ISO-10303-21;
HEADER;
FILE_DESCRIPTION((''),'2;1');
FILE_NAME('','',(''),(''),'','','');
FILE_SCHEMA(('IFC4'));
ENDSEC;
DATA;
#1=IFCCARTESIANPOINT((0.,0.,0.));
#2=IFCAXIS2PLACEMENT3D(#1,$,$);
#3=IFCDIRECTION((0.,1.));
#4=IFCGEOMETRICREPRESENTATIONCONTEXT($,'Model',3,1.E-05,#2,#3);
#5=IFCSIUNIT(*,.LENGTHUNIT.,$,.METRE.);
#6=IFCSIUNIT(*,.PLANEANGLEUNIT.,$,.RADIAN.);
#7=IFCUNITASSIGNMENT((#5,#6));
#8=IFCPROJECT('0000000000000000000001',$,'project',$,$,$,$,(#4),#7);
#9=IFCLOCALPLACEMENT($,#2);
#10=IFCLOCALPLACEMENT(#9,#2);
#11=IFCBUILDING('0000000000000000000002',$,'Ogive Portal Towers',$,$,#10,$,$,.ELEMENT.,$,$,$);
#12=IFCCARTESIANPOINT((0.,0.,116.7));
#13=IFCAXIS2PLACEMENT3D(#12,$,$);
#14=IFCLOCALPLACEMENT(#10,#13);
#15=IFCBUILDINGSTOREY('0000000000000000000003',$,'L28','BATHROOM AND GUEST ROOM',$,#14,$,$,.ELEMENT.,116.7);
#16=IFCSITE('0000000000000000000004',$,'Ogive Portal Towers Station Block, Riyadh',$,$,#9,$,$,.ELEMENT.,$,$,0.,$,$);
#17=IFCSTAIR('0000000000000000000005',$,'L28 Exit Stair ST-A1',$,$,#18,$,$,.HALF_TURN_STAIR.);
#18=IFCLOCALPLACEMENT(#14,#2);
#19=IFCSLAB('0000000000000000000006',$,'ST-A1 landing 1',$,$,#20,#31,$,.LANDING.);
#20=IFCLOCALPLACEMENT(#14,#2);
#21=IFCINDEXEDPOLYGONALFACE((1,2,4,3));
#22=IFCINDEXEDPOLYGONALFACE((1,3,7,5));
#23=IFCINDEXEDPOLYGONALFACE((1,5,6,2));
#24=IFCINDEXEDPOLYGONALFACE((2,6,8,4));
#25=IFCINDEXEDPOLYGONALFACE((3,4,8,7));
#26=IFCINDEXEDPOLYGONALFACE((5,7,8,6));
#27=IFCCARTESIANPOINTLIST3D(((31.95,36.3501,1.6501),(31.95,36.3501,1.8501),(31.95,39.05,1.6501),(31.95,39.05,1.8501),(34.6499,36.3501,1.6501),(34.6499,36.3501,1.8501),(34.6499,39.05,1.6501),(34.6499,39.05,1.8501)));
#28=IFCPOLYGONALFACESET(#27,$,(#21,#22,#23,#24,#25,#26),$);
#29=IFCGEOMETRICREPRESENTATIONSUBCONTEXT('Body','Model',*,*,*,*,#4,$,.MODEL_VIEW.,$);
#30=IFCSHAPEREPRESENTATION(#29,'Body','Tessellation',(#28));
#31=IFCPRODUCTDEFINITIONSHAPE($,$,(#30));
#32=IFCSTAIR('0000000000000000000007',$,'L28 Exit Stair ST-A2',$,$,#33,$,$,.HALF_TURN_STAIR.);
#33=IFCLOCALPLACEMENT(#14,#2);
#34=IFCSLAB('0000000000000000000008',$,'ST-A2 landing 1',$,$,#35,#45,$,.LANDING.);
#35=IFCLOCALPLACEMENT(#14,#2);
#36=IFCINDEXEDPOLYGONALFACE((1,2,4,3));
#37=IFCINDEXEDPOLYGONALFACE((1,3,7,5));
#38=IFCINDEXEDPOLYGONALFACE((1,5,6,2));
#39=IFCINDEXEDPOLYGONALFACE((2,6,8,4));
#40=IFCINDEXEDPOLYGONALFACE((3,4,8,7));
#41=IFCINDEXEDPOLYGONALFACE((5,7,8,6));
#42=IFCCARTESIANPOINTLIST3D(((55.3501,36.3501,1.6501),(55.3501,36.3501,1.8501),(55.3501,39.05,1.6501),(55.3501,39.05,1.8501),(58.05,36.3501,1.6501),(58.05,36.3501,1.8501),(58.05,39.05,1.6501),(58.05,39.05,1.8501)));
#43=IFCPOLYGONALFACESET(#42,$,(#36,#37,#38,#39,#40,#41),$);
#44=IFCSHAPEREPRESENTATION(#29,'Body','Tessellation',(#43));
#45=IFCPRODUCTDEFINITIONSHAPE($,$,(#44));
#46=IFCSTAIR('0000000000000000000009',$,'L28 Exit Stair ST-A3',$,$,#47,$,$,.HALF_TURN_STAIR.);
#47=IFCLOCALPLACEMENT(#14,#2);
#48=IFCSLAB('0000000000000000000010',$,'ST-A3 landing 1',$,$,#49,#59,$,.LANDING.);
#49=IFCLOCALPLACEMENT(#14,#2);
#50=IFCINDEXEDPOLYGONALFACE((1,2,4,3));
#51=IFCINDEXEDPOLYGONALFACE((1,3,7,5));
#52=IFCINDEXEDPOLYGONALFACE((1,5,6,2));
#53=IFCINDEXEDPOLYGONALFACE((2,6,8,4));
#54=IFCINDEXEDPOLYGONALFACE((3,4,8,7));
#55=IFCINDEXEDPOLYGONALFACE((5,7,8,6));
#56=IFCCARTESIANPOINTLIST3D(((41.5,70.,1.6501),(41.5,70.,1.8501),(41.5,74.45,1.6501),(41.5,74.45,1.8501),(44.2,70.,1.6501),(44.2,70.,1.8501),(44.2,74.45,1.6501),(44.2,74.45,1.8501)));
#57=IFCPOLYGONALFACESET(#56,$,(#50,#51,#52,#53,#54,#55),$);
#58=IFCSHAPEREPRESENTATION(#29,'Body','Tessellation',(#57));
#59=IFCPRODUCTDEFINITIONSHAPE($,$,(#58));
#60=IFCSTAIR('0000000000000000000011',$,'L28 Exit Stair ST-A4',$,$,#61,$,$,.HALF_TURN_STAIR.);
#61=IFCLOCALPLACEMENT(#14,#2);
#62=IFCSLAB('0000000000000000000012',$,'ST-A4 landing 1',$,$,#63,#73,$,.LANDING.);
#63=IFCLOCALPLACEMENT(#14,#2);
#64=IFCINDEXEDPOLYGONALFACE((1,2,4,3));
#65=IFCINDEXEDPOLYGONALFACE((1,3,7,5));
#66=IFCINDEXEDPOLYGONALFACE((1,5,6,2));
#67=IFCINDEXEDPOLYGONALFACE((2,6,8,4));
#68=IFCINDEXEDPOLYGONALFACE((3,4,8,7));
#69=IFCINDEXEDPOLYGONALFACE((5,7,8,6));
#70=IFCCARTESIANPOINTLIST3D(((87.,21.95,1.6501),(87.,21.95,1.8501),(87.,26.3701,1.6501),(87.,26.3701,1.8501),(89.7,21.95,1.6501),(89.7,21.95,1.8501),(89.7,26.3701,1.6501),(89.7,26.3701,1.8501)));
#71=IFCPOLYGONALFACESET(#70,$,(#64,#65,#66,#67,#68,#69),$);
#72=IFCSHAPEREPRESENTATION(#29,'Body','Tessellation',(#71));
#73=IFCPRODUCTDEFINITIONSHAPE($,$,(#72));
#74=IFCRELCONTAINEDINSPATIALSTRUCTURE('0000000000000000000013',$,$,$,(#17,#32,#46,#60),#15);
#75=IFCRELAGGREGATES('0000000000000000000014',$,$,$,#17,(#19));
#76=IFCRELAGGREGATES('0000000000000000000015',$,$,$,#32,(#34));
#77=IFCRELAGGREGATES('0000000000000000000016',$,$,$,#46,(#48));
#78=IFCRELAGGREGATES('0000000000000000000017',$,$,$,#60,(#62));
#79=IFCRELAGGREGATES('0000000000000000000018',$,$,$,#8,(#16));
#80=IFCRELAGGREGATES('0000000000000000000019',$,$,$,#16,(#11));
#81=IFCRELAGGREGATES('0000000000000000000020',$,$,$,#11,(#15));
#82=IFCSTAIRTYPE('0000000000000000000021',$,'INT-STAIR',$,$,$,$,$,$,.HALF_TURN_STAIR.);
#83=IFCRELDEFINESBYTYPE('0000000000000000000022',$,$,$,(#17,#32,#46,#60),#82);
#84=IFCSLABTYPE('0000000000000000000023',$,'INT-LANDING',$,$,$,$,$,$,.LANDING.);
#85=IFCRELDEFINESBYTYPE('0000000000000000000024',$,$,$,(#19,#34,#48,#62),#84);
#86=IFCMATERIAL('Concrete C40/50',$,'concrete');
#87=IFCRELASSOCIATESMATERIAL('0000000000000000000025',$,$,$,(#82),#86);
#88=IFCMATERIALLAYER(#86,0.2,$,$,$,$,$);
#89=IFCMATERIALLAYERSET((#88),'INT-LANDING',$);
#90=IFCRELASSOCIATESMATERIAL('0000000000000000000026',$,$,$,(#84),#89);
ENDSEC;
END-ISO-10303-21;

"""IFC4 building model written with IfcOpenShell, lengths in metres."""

from ifc_helpers import new_model, si_unit, direction, frame, origin, place, context, subcontext, project, spatial, polyline, outline, extrude, material, layer, layer_set, type_object, element, aggregate, save


model = new_model("IFC4")

# Units and contexts
model_context = context("Model", 3, precision=1e-05, world=origin(), true_north=direction((0.0, 1.0)))
body_context = subcontext(model_context, "Body", "Model", "MODEL_VIEW")
ifc_project = project(units=[si_unit("LENGTHUNIT", "METRE"), si_unit("PLANEANGLEUNIT", "RADIAN")], contexts=[model_context])

# Site, building, storey
site_placement = place(None, origin())
site = spatial("IfcSite", under=ifc_project, at=site_placement, Name="Ogive Portal Towers Station Block, Riyadh", CompositionType="ELEMENT", RefElevation=0.0)
building_placement = place(site_placement, origin())
building = spatial("IfcBuilding", under=site, at=building_placement, Name="Ogive Portal Towers", CompositionType="ELEMENT")
storey_placement = place(building_placement, frame((0.0, 0.0, 116.7)))
storey = spatial("IfcBuildingStorey", under=building, at=storey_placement, Name="L28", Description="BATHROOM AND GUEST ROOM", CompositionType="ELEMENT", Elevation=116.7)

# Stairs, slabs
ifc_material_1 = material(Name="Concrete C40/50", Category="concrete")
stair_type = type_object("IfcStairType", Name="INT-STAIR", PredefinedType="HALF_TURN_STAIR", material=ifc_material_1)
stair_1_placement = place(storey_placement, origin())
stair_1 = element("IfcStair", 1, at=stair_1_placement, inside=storey, type_object=stair_type, Name="L28 Exit Stair ST-A1", PredefinedType="HALF_TURN_STAIR")
ifc_layer_1 = layer(ifc_material_1, 0.2)
ifc_layer_set_1 = layer_set([ifc_layer_1], Name="INT-LANDING")
slab_type_1 = type_object("IfcSlabType", Name="INT-LANDING", PredefinedType="LANDING", material=ifc_layer_set_1)
slab_1_placement = place(storey_placement, frame((0.0, 0.0, 1.6501)))
slab_1 = element("IfcSlab", 2, at=slab_1_placement, type_object=slab_type_1, Name="ST-A1 landing 1", PredefinedType="LANDING", context=body_context, shape_type="SweptSolid", body=[
    extrude(outline(polyline([(34.6499, 39.05), (31.95, 39.05), (31.95, 36.3501), (34.6499, 36.3501), (34.6499, 39.05)])), origin(), (0.0, 0.0, 1.0), 0.2),
])
aggregate(stair_1, [slab_1])
stair_2_placement = place(storey_placement, origin())
stair_2 = element("IfcStair", 3, at=stair_2_placement, inside=storey, type_object=stair_type, Name="L28 Exit Stair ST-A2", PredefinedType="HALF_TURN_STAIR")
slab_2_placement = place(storey_placement, frame((0.0, 0.0, 1.6501)))
slab_2 = element("IfcSlab", 4, at=slab_2_placement, type_object=slab_type_1, Name="ST-A2 landing 1", PredefinedType="LANDING", context=body_context, shape_type="SweptSolid", body=[
    extrude(outline(polyline([(55.3501, 36.3501), (58.05, 36.3501), (58.05, 39.05), (55.3501, 39.05), (55.3501, 36.3501)])), origin(), (0.0, 0.0, 1.0), 0.2),
])
aggregate(stair_2, [slab_2])
stair_3_placement = place(storey_placement, origin())
stair_3 = element("IfcStair", 5, at=stair_3_placement, inside=storey, type_object=stair_type, Name="L28 Exit Stair ST-A3", PredefinedType="HALF_TURN_STAIR")
slab_3_placement = place(storey_placement, frame((0.0, 0.0, 1.6501)))
slab_3 = element("IfcSlab", 6, at=slab_3_placement, type_object=slab_type_1, Name="ST-A3 landing 1", PredefinedType="LANDING", context=body_context, shape_type="SweptSolid", body=[
    extrude(outline(polyline([(44.2, 70.0), (44.2, 74.45), (41.5, 74.45), (41.5, 70.0), (44.2, 70.0)])), origin(), (0.0, 0.0, 1.0), 0.2),
])
aggregate(stair_3, [slab_3])
stair_4_placement = place(storey_placement, origin())
stair_4 = element("IfcStair", 7, at=stair_4_placement, inside=storey, type_object=stair_type, Name="L28 Exit Stair ST-A4", PredefinedType="HALF_TURN_STAIR")
slab_4_placement = place(storey_placement, frame((0.0, 0.0, 1.6501)))
slab_4 = element("IfcSlab", 8, at=slab_4_placement, type_object=slab_type_1, Name="ST-A4 landing 1", PredefinedType="LANDING", context=body_context, shape_type="SweptSolid", body=[
    extrude(outline(polyline([(87.0, 26.3701), (87.0, 21.95), (89.7, 21.95), (89.7, 26.3701), (87.0, 26.3701)])), origin(), (0.0, 0.0, 1.0), 0.2),
])
aggregate(stair_4, [slab_4])

save(model, "model.ifc")
